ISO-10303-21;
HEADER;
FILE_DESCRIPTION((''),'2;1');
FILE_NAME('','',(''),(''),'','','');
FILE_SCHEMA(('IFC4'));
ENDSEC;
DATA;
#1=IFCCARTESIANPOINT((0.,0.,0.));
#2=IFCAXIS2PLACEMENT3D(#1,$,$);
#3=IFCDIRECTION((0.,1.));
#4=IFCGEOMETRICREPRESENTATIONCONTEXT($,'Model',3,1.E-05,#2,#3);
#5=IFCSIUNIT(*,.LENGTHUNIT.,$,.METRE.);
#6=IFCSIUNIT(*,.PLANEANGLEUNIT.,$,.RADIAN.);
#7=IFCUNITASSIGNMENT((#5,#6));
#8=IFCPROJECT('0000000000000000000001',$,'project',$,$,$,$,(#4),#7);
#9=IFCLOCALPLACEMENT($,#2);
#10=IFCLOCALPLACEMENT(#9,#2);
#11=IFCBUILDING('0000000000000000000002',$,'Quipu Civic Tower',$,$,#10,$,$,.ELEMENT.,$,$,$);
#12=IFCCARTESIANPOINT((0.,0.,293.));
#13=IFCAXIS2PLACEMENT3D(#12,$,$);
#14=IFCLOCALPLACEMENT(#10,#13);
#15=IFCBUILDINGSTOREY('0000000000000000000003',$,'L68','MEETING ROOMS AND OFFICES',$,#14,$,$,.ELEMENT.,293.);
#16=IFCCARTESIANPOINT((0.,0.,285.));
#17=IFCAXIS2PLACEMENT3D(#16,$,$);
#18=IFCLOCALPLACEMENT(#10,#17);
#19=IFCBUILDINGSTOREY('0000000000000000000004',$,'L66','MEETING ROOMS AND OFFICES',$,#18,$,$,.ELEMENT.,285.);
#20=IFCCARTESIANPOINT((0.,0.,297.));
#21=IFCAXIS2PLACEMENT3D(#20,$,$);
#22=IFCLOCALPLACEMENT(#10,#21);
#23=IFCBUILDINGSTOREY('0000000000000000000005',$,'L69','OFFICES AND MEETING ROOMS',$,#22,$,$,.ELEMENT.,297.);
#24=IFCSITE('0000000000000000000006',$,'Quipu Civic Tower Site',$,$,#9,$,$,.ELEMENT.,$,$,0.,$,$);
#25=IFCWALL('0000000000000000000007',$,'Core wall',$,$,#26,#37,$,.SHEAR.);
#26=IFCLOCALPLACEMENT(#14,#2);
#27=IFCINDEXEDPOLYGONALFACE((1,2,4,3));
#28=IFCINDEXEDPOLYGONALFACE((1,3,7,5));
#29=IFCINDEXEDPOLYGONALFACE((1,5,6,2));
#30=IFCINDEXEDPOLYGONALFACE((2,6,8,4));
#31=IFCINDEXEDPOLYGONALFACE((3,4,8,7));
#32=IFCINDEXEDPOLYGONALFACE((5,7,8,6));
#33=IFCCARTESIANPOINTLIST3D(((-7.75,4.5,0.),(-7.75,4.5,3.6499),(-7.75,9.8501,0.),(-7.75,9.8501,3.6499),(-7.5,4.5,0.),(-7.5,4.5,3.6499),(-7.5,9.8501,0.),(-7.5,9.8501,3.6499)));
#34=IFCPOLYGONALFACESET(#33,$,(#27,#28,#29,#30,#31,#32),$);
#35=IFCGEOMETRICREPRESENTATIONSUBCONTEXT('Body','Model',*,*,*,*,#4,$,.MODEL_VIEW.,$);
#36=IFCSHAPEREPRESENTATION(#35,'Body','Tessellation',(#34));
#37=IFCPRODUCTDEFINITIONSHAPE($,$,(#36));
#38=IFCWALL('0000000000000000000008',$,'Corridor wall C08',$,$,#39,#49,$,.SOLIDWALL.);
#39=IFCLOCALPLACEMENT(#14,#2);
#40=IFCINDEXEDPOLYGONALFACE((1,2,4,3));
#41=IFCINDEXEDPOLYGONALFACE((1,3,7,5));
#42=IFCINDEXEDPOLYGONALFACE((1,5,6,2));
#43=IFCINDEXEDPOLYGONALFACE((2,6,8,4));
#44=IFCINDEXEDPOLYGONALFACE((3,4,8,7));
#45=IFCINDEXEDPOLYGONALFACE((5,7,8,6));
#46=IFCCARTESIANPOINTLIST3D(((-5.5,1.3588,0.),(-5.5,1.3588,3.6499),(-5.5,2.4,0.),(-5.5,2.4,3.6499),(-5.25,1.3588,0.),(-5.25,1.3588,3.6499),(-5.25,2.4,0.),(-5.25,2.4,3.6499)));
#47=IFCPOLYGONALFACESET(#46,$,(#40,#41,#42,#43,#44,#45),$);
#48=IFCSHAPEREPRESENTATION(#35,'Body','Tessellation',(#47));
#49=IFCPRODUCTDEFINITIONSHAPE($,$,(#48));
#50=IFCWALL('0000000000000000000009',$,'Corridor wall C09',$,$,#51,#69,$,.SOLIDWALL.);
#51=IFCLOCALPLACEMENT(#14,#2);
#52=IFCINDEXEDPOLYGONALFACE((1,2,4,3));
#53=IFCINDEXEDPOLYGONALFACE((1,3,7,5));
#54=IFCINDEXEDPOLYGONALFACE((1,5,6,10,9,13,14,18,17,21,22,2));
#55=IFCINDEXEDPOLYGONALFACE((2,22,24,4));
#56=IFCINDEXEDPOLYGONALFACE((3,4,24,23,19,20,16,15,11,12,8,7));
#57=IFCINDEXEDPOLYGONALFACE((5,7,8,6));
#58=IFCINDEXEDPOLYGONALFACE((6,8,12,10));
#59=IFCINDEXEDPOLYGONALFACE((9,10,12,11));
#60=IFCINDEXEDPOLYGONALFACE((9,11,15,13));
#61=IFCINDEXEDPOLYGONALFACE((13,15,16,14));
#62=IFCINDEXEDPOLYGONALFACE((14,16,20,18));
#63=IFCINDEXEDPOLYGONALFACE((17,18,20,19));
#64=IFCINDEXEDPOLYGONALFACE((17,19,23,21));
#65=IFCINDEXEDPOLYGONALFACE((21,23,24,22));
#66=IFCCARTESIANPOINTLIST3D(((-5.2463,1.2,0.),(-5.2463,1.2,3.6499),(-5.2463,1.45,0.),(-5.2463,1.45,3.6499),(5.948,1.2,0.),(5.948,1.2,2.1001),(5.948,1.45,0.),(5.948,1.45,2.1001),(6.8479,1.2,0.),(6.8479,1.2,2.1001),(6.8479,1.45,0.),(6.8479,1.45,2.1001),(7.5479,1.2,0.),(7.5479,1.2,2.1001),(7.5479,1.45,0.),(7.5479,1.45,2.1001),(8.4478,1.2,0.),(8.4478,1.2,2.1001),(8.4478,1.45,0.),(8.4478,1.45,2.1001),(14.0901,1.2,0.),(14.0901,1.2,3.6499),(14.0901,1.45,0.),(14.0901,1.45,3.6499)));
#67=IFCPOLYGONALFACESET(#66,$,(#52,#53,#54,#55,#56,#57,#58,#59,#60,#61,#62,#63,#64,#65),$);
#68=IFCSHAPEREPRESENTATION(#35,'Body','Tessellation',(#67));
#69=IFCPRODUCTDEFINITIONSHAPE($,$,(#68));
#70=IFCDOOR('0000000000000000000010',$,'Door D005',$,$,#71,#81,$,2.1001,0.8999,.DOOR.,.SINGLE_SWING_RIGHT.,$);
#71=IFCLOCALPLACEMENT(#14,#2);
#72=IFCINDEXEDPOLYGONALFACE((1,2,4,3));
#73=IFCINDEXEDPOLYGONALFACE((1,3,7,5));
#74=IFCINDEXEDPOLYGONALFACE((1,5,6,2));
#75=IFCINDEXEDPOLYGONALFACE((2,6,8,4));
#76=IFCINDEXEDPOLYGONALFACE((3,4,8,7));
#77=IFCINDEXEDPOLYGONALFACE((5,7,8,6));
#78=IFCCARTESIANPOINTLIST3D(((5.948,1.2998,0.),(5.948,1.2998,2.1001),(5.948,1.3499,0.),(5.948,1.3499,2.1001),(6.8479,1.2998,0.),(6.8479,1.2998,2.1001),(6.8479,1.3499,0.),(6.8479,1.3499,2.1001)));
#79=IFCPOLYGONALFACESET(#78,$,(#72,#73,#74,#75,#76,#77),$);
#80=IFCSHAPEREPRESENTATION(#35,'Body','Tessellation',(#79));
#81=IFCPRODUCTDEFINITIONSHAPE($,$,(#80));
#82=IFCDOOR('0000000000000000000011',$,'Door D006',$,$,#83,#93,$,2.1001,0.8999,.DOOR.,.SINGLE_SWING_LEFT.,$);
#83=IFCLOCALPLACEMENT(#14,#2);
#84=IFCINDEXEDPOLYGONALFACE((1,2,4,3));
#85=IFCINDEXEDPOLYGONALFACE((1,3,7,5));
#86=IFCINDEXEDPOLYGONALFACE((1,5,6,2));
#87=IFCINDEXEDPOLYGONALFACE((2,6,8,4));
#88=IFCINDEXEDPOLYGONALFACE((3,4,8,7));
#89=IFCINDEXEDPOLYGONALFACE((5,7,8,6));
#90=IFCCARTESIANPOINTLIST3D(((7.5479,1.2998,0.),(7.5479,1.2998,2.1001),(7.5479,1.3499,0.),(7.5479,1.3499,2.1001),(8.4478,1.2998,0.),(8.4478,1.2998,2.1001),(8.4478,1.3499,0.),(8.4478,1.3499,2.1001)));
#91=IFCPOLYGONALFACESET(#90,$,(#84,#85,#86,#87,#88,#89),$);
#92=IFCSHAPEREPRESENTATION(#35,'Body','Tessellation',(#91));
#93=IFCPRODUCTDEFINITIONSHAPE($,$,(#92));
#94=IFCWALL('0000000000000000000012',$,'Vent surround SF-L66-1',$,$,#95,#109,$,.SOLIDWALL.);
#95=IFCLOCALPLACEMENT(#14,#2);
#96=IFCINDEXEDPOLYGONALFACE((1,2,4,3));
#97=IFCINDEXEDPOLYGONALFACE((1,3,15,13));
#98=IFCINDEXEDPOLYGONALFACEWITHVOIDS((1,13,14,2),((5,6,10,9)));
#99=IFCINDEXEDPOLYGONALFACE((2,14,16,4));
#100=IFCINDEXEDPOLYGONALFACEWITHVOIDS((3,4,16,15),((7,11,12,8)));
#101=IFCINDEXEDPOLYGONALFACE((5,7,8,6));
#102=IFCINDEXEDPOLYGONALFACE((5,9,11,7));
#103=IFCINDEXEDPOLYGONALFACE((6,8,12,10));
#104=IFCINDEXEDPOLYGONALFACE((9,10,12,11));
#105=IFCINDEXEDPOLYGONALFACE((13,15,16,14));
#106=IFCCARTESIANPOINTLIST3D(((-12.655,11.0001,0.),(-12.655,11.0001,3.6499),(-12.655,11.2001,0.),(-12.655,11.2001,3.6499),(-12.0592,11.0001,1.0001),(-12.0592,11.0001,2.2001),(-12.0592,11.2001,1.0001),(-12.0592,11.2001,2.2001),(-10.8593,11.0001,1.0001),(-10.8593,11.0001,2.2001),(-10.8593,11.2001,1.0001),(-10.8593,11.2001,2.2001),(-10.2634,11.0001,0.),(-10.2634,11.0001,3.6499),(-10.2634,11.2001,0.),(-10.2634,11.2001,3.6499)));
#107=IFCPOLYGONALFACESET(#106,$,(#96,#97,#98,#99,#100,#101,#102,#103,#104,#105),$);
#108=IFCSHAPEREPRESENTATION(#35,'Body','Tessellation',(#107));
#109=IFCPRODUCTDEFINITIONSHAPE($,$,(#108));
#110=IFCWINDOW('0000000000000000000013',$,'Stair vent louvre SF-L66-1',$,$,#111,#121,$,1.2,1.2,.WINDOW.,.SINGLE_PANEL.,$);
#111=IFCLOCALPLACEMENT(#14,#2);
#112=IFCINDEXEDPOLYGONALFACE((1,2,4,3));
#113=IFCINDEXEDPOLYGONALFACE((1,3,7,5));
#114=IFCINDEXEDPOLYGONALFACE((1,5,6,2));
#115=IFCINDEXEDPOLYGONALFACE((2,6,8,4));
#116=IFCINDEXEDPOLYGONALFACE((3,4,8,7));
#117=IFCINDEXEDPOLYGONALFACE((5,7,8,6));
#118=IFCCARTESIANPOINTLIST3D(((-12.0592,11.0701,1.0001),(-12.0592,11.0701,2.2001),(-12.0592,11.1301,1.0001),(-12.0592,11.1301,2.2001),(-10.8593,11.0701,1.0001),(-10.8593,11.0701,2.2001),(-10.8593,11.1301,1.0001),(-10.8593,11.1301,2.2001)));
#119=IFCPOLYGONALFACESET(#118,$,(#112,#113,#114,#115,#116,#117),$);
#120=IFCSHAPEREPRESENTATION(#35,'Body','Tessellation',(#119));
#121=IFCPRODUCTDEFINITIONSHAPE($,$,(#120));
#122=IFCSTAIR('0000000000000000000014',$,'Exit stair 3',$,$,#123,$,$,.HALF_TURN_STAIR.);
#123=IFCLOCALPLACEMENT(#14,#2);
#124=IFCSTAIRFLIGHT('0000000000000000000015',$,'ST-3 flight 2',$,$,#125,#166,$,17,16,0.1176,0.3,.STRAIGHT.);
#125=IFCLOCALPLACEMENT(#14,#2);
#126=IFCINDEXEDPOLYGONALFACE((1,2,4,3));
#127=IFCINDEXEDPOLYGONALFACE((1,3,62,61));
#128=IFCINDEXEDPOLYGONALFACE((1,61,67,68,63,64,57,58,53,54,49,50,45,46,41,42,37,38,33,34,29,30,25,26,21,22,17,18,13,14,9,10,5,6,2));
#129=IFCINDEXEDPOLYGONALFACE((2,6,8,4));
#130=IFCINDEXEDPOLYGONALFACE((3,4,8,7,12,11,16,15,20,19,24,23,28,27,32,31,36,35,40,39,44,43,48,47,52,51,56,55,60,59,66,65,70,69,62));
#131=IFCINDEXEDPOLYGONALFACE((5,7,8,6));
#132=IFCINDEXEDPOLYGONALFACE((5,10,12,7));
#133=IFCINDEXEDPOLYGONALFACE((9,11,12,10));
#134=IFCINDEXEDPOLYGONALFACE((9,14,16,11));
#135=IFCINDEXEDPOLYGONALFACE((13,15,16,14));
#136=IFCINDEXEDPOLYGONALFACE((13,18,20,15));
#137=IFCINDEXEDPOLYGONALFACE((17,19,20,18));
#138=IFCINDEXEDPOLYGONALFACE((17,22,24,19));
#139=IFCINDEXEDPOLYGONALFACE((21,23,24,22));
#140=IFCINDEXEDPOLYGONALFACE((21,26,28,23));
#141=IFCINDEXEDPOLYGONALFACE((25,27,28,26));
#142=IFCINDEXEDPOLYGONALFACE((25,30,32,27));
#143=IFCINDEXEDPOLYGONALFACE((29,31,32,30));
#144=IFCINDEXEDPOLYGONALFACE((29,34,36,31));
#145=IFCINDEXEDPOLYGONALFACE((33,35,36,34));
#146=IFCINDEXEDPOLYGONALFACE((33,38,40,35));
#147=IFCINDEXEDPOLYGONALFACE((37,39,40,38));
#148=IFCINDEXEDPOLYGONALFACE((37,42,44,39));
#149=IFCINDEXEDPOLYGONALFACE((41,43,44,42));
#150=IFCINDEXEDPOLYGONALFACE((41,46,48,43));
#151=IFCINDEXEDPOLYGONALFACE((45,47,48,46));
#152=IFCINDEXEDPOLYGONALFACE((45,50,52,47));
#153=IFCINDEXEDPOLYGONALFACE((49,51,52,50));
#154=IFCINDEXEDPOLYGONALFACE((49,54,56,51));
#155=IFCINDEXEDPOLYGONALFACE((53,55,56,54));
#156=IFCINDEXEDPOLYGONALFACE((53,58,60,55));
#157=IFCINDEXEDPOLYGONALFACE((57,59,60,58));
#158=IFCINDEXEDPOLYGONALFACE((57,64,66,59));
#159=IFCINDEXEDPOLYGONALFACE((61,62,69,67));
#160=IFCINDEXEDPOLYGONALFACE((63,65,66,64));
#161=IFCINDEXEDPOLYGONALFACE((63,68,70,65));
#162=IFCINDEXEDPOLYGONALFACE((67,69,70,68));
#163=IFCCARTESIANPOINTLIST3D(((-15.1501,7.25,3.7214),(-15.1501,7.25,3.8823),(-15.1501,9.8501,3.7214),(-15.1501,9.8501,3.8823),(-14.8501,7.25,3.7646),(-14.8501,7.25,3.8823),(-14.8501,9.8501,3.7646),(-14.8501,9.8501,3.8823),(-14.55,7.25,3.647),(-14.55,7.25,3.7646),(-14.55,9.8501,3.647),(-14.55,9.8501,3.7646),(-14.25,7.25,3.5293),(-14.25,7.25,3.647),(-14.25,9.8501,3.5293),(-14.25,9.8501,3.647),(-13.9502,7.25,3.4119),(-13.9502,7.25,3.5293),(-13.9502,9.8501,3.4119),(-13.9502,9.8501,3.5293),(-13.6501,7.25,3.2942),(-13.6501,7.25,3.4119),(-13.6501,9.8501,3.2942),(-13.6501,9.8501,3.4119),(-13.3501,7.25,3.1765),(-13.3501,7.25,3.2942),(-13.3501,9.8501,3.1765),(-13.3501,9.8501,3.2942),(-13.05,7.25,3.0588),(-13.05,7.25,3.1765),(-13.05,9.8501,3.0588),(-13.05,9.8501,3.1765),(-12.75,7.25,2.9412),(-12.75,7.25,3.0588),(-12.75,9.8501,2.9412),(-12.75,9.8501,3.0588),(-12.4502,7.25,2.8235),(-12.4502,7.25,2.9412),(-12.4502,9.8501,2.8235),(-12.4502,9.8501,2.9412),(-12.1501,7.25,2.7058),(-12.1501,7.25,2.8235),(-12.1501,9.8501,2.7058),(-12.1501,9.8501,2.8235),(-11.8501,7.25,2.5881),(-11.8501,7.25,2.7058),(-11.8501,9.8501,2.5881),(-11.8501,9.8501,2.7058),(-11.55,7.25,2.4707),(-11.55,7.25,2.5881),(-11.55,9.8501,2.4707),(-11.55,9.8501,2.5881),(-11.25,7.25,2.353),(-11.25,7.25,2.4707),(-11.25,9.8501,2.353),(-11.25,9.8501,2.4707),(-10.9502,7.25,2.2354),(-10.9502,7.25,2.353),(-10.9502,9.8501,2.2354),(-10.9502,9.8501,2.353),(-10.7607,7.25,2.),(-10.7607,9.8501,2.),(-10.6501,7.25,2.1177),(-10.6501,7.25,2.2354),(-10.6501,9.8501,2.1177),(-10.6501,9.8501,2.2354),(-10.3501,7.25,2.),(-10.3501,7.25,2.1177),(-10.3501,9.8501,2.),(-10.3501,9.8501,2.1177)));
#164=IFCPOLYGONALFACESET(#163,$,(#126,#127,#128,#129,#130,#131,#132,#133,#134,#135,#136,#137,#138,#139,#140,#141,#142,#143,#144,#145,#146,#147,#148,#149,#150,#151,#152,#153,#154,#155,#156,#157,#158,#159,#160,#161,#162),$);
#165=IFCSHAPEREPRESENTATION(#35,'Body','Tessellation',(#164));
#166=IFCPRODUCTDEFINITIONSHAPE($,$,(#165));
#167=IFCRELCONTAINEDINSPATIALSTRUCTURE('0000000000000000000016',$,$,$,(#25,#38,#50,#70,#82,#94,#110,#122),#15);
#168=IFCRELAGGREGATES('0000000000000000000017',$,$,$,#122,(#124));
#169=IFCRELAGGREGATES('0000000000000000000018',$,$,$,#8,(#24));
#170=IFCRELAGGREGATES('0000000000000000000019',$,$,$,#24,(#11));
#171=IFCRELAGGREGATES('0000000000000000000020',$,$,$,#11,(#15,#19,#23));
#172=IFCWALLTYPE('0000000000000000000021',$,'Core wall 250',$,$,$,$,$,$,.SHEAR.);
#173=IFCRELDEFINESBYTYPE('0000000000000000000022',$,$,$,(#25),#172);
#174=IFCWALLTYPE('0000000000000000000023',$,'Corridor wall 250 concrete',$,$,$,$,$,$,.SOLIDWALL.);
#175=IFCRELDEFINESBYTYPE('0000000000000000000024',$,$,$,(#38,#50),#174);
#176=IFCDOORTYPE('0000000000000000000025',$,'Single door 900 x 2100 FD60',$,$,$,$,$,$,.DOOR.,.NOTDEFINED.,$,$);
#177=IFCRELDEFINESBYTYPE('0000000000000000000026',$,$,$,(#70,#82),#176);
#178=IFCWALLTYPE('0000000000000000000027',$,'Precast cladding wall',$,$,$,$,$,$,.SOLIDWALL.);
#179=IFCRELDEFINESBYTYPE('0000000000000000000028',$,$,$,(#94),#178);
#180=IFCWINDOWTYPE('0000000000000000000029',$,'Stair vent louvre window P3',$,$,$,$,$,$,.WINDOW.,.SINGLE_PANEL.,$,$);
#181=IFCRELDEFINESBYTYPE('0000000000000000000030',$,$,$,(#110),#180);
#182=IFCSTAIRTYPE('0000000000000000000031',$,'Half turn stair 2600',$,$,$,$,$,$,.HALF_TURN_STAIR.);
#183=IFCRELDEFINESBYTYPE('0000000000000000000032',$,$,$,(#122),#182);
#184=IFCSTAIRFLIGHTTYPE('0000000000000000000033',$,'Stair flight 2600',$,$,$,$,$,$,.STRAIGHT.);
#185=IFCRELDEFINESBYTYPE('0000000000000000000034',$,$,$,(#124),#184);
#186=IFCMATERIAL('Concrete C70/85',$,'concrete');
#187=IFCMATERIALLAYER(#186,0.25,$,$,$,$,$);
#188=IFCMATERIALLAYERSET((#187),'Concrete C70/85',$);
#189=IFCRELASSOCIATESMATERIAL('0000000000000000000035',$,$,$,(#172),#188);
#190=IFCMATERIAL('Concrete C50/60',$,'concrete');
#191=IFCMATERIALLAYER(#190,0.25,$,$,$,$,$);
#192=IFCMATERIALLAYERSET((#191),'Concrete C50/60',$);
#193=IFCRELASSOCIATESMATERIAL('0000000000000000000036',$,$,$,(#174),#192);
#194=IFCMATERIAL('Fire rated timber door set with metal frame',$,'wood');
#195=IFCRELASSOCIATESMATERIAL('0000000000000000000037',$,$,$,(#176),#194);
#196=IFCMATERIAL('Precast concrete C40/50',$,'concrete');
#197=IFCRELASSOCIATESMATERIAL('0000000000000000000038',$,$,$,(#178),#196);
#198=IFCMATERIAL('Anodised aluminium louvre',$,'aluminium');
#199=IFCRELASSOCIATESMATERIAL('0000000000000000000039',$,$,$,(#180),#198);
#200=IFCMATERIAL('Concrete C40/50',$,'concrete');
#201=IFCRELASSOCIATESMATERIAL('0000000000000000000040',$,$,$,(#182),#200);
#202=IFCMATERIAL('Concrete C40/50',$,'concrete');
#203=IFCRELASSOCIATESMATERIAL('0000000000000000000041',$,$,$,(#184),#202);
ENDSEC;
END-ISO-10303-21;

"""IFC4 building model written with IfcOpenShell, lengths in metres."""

from ifc_helpers import new_model, si_unit, direction, frame, frame_2d, origin, place, context, subcontext, project, spatial, polyline, rectangle, outline, extrude, material, layer, layer_set, type_object, element, fill, aggregate, save


model = new_model("IFC4")

# Units and contexts
model_context = context("Model", 3, precision=1e-05, world=origin(), true_north=direction((0.0, 1.0)))
body_context = subcontext(model_context, "Body", "Model", "MODEL_VIEW")
ifc_project = project(units=[si_unit("LENGTHUNIT", "METRE"), si_unit("PLANEANGLEUNIT", "RADIAN")], contexts=[model_context])

# Site, building, storey
site_placement = place(None, origin())
site = spatial("IfcSite", under=ifc_project, at=site_placement, Name="Quipu Civic Tower Site", CompositionType="ELEMENT", RefElevation=0.0)
building_placement = place(site_placement, origin())
building = spatial("IfcBuilding", under=site, at=building_placement, Name="Quipu Civic Tower", CompositionType="ELEMENT")
storey_1_placement = place(building_placement, frame((0.0, 0.0, 293.0)))
storey_1 = spatial("IfcBuildingStorey", under=building, at=storey_1_placement, Name="L68", Description="MEETING ROOMS AND OFFICES", CompositionType="ELEMENT", Elevation=293.0)

# Shared definitions
storey_2_placement = place(building_placement, frame((0.0, 0.0, 285.0)))
storey_2 = spatial("IfcBuildingStorey", under=building, at=storey_2_placement, Name="L66", Description="MEETING ROOMS AND OFFICES", CompositionType="ELEMENT", Elevation=285.0)

# Shared definitions
storey_3_placement = place(building_placement, frame((0.0, 0.0, 297.0)))
storey_3 = spatial("IfcBuildingStorey", under=building, at=storey_3_placement, Name="L69", Description="OFFICES AND MEETING ROOMS", CompositionType="ELEMENT", Elevation=297.0)

# Walls
ifc_material_1 = material(Name="Concrete C70/85", Category="concrete")
ifc_layer_1 = layer(ifc_material_1, 0.25)
ifc_layer_set_1 = layer_set([ifc_layer_1], Name="Concrete C70/85")
wall_type_1 = type_object("IfcWallType", Name="Core wall 250", PredefinedType="SHEAR", material=ifc_layer_set_1)
wall_1_placement = place(storey_1_placement, frame((-7.625, 4.5, 0.0), z_axis=(0.0, 0.0, 1.0), x_axis=(0.0, 1.0, 0.0)))
element("IfcWall", 1, at=wall_1_placement, inside=storey_1, type_object=wall_type_1, Name="Core wall", PredefinedType="SHEAR", context=body_context, shape_type="SweptSolid", body=[
    extrude(rectangle(XDim=5.3501, YDim=0.25, at=frame_2d((2.675, 0.0))), origin(), (0.0, 0.0, 1.0), 3.6499),
])
ifc_material_2 = material(Name="Concrete C50/60", Category="concrete")
ifc_layer_2 = layer(ifc_material_2, 0.25)
ifc_layer_set_2 = layer_set([ifc_layer_2], Name="Concrete C50/60")
wall_type_2 = type_object("IfcWallType", Name="Corridor wall 250 concrete", PredefinedType="SOLIDWALL", material=ifc_layer_set_2)
wall_2_placement = place(storey_1_placement, frame((-5.375, 2.3999, 0.0), z_axis=(0.0, 0.0, 1.0), x_axis=(0.0, -1.0, 0.0)))
element("IfcWall", 2, at=wall_2_placement, inside=storey_1, type_object=wall_type_2, Name="Corridor wall C08", PredefinedType="SOLIDWALL", context=body_context, shape_type="SweptSolid", body=[
    extrude(rectangle(XDim=1.0413, YDim=0.25, at=frame_2d((0.5205, 0.0))), origin(), (0.0, 0.0, 1.0), 3.6499),
])

# Wall, openings, doors
wall_3_placement = place(storey_1_placement, frame((-5.2463, 1.325, 0.0), z_axis=(0.0, 0.0, 1.0), x_axis=(1.0, 0.0, 0.0)))
wall_3 = element("IfcWall", 3, at=wall_3_placement, inside=storey_1, type_object=wall_type_2, Name="Corridor wall C09", PredefinedType="SOLIDWALL", context=body_context, shape_type="SweptSolid", body=[
    extrude(rectangle(XDim=19.3364, YDim=0.25, at=frame_2d((9.6682, 0.0))), origin(), (0.0, 0.0, 1.0), 3.6499),
])
opening_1_placement = place(wall_3_placement, frame((11.1943, 0.0, 0.0)))
opening_1 = element("IfcOpeningElement", 4, at=opening_1_placement, cuts=wall_3, PredefinedType="OPENING", context=body_context, shape_type="SweptSolid", body=[
    extrude(rectangle(XDim=0.8999, YDim=2.1001, at=frame_2d((0.45, 1.05))), frame((0.0, 0.135, 0.0), z_axis=(0.0, -1.0, 0.0), x_axis=(1.0, 0.0, 0.0)), (0.0, 0.0, 1.0), 0.27),
])
opening_2_placement = place(wall_3_placement, frame((12.7942, 0.0, 0.0)))
opening_2 = element("IfcOpeningElement", 5, at=opening_2_placement, cuts=wall_3, PredefinedType="OPENING", context=body_context, shape_type="SweptSolid", body=[
    extrude(rectangle(XDim=0.8999, YDim=2.1001, at=frame_2d((0.45, 1.05))), frame((0.0, 0.135, 0.0), z_axis=(0.0, -1.0, 0.0), x_axis=(1.0, 0.0, 0.0)), (0.0, 0.0, 1.0), 0.27),
])
ifc_material_3 = material(Name="Fire rated timber door set with metal frame", Category="wood")
door_type = type_object("IfcDoorType", Name="Single door 900 x 2100 FD60", OperationType="NOTDEFINED", PredefinedType="DOOR", material=ifc_material_3)
door_1_placement = place(opening_1_placement, origin())
door_1 = element("IfcDoor", 6, at=door_1_placement, inside=storey_1, type_object=door_type, Name="Door D005", OperationType="SINGLE_SWING_RIGHT", OverallHeight=2.1001, OverallWidth=0.8999, PredefinedType="DOOR", context=body_context, shape_type="SweptSolid", body=[
    extrude(rectangle(XDim=0.8999, YDim=2.1001, at=frame_2d((0.45, 1.05))), frame((0.0, 0.0249, 0.0), z_axis=(0.0, -1.0, 0.0), x_axis=(1.0, 0.0, 0.0)), (0.0, 0.0, 1.0), 0.05),
])
fill(opening_1, door_1)
door_2_placement = place(opening_2_placement, origin())
door_2 = element("IfcDoor", 7, at=door_2_placement, inside=storey_1, type_object=door_type, Name="Door D006", OperationType="SINGLE_SWING_LEFT", OverallHeight=2.1001, OverallWidth=0.8999, PredefinedType="DOOR", context=body_context, shape_type="SweptSolid", body=[
    extrude(rectangle(XDim=0.8999, YDim=2.1001, at=frame_2d((0.45, 1.05))), frame((0.0, 0.0249, 0.0), z_axis=(0.0, -1.0, 0.0), x_axis=(1.0, 0.0, 0.0)), (0.0, 0.0, 1.0), 0.05),
])
fill(opening_2, door_2)

# Wall, opening, window
ifc_material_4 = material(Name="Precast concrete C40/50", Category="concrete")
wall_type_3 = type_object("IfcWallType", Name="Precast cladding wall", PredefinedType="SOLIDWALL", material=ifc_material_4)
wall_4_placement = place(storey_1_placement, frame((-10.2634, 11.1001, 0.0), z_axis=(0.0, 0.0, 1.0), x_axis=(-1.0, 0.0, 0.0)))
wall_4 = element("IfcWall", 8, at=wall_4_placement, inside=storey_1, type_object=wall_type_3, Name="Vent surround SF-L66-1", PredefinedType="SOLIDWALL", context=body_context, shape_type="SweptSolid", body=[
    extrude(rectangle(XDim=2.3916, YDim=0.2, at=frame_2d((1.1958, 0.0))), origin(), (0.0, 0.0, 1.0), 3.6499),
])
opening_3_placement = place(wall_4_placement, frame((0.5957, 0.0, 1.0)))
opening_3 = element("IfcOpeningElement", 9, at=opening_3_placement, cuts=wall_4, PredefinedType="OPENING", context=body_context, shape_type="SweptSolid", body=[
    extrude(rectangle(XDim=1.2, YDim=1.2, at=frame_2d((0.6001, 0.6001))), frame((0.0, 0.1099, 0.0), z_axis=(0.0, -1.0, 0.0), x_axis=(1.0, 0.0, 0.0)), (0.0, 0.0, 1.0), 0.22),
])
ifc_material_5 = material(Name="Anodised aluminium louvre", Category="aluminium")
window_type = type_object("IfcWindowType", Name="Stair vent louvre window P3", PartitioningType="SINGLE_PANEL", PredefinedType="WINDOW", material=ifc_material_5)
window_placement = place(opening_3_placement, origin())
window = element("IfcWindow", 10, at=window_placement, inside=storey_1, type_object=window_type, Name="Stair vent louvre SF-L66-1", OverallHeight=1.2, OverallWidth=1.2, PartitioningType="SINGLE_PANEL", PredefinedType="WINDOW", context=body_context, shape_type="SweptSolid", body=[
    extrude(rectangle(XDim=1.2, YDim=1.2, at=frame_2d((0.6001, 0.6001))), frame((0.0, 0.03, 0.0), z_axis=(0.0, -1.0, 0.0), x_axis=(1.0, 0.0, 0.0)), (0.0, 0.0, 1.0), 0.0601),
])
fill(opening_3, window)

# Stair, stair flight
ifc_material_6 = material(Name="Concrete C40/50", Category="concrete")
stair_type = type_object("IfcStairType", Name="Half turn stair 2600", PredefinedType="HALF_TURN_STAIR", material=ifc_material_6)
stair_placement = place(storey_1_placement, origin())
stair = element("IfcStair", 11, at=stair_placement, inside=storey_1, type_object=stair_type, Name="Exit stair 3", PredefinedType="HALF_TURN_STAIR")
ifc_material_7 = material(Name="Concrete C40/50", Category="concrete")
stair_flight_type = type_object("IfcStairFlightType", Name="Stair flight 2600", PredefinedType="STRAIGHT", material=ifc_material_7)
stair_flight_placement = place(storey_1_placement, frame((-10.3501, 8.55, 2.0), z_axis=(0.0, 0.0, 1.0), x_axis=(-1.0, 0.0, 0.0)))
stair_flight = element("IfcStairFlight", 12, at=stair_flight_placement, type_object=stair_flight_type, Name="ST-3 flight 2", NumberOfRisers=17, NumberOfTreads=16, PredefinedType="STRAIGHT", RiserHeight=0.1176, TreadLength=0.3, context=body_context, shape_type="SweptSolid", body=[
    extrude(outline(polyline([(0.0, 0.0), (0.0, 0.1177), (0.3, 0.1177), (0.3, 0.2354), (0.6001, 0.2354), (0.6001, 0.353), (0.8999, 0.353), (0.8999, 0.4707), (1.2, 0.4707), (1.2, 0.5881), (1.5, 0.5881), (1.5, 0.7058), (1.8, 0.7058), (1.8, 0.8235), (2.1001, 0.8235), (2.1001, 0.9412), (2.3999, 0.9412), (2.3999, 1.0588), (2.7, 1.0588), (2.7, 1.1765), (3.0, 1.1765), (3.0, 1.2942), (3.3, 1.2942), (3.3, 1.4119), (3.6001, 1.4119), (3.6001, 1.5293), (3.8999, 1.5293), (3.8999, 1.647), (4.2, 1.647), (4.2, 1.7646), (4.5, 1.7646), (4.5, 1.8823), (4.8, 1.8823), (4.8, 2.0), (4.8, 1.7214), (0.4106, 0.0), (0.0, 0.0)])), frame((0.0, 1.3, 0.0), z_axis=(0.0, -1.0, 0.0), x_axis=(1.0, 0.0, 0.0)), (0.0, 0.0, 1.0), 2.6001),
])
aggregate(stair, [stair_flight])

save(model, "model.ifc")
